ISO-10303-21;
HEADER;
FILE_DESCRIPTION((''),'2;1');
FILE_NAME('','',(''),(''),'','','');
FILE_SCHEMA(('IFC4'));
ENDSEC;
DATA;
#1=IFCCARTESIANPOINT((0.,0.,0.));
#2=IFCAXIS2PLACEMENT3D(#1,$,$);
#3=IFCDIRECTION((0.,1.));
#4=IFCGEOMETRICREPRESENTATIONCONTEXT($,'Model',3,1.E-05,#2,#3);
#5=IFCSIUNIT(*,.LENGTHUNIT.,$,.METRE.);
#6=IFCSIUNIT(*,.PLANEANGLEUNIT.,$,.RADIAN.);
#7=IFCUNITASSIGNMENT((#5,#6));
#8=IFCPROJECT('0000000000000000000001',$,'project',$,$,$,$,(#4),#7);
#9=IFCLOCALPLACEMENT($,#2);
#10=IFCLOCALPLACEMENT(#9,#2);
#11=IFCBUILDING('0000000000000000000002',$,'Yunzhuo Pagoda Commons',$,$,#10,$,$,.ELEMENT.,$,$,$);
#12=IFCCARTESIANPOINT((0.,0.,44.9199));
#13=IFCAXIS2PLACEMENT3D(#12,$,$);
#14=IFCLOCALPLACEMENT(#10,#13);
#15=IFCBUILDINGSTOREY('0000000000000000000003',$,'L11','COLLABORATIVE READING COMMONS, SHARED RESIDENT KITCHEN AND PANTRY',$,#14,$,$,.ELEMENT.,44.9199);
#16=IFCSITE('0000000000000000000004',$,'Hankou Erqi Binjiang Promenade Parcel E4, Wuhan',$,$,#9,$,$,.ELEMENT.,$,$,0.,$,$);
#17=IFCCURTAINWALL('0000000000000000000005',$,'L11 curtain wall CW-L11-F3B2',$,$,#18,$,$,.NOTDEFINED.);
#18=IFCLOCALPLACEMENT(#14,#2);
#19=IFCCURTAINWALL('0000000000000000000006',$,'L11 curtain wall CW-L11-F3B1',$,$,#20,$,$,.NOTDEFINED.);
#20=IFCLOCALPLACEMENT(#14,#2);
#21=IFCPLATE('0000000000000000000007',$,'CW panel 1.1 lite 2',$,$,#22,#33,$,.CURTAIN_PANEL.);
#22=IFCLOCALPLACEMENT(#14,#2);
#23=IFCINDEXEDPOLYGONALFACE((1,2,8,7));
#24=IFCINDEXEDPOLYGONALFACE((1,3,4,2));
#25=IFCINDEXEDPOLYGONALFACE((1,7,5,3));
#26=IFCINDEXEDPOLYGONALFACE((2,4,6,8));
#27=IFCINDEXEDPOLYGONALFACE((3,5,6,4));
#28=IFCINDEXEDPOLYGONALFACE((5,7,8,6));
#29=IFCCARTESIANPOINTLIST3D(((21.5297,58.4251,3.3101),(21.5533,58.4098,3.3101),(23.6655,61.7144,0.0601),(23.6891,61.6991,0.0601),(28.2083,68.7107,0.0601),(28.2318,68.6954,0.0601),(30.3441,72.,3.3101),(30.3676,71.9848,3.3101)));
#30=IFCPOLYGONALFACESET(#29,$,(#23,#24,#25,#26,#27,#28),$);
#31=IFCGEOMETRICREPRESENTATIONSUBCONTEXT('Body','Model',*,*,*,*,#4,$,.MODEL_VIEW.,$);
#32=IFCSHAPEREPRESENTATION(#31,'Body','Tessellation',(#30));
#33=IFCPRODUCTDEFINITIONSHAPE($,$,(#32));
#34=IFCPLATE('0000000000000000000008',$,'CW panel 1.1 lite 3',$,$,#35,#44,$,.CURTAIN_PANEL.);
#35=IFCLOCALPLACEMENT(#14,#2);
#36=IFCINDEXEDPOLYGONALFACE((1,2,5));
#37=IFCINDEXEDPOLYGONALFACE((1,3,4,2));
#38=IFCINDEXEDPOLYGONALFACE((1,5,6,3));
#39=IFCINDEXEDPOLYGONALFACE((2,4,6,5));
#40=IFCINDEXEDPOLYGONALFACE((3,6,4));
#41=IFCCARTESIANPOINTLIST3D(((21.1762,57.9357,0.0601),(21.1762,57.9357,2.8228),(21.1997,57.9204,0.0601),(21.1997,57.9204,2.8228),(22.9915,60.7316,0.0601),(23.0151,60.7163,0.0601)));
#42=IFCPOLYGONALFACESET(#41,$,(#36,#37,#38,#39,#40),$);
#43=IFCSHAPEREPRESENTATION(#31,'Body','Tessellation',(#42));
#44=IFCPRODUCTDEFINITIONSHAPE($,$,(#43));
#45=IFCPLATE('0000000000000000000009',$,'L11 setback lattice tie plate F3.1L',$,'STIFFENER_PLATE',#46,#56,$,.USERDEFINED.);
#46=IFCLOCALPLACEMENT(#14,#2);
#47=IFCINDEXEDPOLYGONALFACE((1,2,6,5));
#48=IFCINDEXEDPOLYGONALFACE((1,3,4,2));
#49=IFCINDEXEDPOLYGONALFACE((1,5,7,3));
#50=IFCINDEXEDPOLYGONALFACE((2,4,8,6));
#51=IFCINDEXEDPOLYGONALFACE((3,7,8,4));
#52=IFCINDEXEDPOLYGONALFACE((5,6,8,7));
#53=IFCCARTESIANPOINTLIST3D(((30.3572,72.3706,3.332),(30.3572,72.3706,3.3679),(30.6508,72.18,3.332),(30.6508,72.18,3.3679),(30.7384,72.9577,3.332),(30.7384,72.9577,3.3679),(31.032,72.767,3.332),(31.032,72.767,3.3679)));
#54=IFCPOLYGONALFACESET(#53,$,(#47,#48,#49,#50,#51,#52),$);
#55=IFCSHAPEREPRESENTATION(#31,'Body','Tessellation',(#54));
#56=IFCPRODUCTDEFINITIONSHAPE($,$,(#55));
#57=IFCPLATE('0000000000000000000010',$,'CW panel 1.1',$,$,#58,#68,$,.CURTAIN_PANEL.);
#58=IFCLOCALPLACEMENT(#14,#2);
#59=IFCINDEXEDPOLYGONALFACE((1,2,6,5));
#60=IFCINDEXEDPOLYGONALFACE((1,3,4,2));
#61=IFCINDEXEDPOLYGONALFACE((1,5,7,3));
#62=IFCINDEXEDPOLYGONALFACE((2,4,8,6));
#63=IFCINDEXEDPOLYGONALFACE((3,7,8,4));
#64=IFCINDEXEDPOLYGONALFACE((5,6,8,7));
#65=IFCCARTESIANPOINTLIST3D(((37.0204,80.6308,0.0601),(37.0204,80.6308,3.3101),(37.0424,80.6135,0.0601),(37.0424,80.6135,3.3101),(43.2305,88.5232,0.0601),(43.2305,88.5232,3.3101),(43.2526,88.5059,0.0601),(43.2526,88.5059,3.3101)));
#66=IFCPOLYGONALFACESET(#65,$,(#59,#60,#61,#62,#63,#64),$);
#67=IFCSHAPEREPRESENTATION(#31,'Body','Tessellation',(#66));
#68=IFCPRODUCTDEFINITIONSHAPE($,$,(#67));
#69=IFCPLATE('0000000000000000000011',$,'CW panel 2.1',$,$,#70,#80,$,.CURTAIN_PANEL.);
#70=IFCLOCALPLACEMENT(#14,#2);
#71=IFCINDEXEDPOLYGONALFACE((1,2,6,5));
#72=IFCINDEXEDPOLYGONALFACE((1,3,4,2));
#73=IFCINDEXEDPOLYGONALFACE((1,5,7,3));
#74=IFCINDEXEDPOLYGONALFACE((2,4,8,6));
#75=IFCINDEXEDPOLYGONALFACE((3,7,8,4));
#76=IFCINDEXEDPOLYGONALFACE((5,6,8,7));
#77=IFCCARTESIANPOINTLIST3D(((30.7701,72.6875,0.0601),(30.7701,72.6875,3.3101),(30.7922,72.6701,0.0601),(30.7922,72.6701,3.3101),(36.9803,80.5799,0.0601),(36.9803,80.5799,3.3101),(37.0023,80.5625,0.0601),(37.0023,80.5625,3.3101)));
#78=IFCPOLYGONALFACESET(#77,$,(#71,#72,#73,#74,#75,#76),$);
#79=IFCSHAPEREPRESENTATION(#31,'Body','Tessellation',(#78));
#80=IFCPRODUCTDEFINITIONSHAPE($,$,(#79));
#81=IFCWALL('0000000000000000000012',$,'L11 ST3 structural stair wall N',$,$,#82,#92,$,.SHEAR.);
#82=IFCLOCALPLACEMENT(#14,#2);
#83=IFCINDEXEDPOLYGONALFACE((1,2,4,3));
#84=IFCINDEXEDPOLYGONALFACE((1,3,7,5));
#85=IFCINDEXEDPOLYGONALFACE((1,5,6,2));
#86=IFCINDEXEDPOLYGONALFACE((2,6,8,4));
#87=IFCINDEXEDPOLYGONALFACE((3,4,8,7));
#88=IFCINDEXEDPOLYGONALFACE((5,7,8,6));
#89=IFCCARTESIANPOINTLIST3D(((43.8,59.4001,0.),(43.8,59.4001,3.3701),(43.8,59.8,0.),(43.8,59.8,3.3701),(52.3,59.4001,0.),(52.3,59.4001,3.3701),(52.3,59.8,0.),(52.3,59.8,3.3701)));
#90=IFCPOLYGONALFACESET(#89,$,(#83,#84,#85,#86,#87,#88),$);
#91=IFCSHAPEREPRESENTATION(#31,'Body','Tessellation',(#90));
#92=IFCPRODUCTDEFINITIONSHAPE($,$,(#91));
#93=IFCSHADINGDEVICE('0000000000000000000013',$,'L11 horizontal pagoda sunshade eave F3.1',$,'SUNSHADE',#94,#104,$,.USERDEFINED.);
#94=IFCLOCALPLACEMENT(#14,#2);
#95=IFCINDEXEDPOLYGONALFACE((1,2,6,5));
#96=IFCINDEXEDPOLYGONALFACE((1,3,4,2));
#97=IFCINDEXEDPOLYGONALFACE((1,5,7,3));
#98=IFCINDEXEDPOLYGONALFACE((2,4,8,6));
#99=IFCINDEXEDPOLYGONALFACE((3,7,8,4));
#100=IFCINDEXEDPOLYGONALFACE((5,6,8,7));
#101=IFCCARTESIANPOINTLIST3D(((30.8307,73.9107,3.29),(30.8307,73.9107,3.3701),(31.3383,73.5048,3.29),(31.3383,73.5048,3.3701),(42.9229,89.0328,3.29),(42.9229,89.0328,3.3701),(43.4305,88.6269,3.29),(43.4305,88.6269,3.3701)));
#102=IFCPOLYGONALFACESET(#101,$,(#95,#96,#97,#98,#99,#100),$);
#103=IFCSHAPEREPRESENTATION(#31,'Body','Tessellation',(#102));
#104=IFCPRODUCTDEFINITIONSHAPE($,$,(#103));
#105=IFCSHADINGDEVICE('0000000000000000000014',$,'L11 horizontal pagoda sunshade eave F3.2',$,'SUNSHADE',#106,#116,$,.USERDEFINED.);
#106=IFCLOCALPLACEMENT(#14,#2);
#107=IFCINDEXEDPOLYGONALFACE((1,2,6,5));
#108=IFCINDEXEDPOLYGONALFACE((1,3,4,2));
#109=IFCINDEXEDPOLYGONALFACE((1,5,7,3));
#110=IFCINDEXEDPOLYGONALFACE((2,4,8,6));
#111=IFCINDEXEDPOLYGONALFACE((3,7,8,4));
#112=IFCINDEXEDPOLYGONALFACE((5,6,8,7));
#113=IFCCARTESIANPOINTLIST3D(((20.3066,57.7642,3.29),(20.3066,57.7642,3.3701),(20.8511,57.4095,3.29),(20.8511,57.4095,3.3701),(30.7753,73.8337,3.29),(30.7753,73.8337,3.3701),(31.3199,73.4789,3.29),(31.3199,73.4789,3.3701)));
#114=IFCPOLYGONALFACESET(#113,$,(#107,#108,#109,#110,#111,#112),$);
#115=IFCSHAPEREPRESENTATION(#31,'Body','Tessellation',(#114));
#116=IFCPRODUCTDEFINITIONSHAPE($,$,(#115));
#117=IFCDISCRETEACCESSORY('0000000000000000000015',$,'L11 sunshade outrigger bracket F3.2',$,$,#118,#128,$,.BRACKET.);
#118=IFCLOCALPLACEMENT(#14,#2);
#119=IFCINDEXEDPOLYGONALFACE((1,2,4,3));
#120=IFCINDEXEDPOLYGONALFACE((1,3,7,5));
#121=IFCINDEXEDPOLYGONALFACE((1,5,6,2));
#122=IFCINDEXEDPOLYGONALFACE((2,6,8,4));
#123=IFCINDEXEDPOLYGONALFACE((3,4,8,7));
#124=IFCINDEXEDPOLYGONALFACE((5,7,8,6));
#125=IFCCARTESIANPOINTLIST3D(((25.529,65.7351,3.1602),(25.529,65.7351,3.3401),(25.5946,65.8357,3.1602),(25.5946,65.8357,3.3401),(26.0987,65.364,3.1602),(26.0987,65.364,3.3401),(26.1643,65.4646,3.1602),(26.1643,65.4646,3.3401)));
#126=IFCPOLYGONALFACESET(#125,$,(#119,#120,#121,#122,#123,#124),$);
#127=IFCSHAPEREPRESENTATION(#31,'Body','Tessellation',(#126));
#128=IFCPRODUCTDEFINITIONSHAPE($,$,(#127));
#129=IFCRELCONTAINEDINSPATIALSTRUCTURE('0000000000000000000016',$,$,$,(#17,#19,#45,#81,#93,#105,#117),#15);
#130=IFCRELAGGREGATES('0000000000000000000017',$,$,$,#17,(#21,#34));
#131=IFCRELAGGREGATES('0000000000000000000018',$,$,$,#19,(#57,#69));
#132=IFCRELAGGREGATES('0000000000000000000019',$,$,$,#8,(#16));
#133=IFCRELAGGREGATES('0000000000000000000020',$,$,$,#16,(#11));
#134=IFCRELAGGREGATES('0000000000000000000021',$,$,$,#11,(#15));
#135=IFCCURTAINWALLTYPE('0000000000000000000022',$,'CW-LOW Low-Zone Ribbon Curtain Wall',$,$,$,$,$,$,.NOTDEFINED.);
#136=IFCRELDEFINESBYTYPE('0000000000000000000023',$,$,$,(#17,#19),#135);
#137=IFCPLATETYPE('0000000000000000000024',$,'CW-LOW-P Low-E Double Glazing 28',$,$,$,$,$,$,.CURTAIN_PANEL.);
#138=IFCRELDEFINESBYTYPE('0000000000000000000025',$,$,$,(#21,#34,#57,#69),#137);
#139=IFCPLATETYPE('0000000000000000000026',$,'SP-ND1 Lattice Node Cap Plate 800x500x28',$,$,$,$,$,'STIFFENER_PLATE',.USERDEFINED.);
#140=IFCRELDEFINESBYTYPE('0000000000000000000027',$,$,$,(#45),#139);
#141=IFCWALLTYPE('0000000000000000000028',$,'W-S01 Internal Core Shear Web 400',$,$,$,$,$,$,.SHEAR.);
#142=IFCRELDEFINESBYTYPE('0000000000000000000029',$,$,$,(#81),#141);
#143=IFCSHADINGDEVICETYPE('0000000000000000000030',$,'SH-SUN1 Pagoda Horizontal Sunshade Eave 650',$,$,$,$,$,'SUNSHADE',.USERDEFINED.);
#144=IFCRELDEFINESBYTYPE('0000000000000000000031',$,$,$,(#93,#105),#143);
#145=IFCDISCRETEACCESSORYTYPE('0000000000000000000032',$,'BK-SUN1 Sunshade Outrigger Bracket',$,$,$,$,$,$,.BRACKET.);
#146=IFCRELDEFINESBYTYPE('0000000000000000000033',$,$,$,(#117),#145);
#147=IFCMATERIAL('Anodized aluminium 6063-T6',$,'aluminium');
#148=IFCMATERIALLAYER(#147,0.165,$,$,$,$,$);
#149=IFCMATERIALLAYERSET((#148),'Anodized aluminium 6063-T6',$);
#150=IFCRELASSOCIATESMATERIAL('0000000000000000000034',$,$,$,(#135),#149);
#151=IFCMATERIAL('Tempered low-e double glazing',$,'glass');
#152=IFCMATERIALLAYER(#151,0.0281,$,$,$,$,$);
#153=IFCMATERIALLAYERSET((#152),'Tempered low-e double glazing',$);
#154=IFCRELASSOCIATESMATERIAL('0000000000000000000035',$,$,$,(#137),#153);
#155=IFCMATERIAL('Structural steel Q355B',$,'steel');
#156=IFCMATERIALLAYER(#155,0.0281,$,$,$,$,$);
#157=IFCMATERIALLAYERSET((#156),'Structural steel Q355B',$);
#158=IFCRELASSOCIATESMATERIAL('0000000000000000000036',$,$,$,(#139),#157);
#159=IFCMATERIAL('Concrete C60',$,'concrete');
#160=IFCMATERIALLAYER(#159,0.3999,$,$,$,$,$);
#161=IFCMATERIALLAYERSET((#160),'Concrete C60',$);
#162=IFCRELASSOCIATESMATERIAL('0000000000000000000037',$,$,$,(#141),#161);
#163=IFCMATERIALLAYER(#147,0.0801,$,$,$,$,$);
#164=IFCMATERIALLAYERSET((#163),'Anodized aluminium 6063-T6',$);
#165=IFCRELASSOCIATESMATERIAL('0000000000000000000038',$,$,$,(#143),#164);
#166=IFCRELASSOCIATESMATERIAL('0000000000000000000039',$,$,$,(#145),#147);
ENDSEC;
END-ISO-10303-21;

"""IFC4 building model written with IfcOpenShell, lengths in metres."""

from ifc_helpers import new_model, si_unit, direction, frame, frame_2d, origin, origin_2d, place, context, subcontext, project, spatial, polyline, rectangle, outline, extrude, source, transform, mapped, material, layer, layer_set, type_object, element, aggregate, save


model = new_model("IFC4")

# Units and contexts
model_context = context("Model", 3, precision=1e-05, world=origin(), true_north=direction((0.0, 1.0)))
body_context = subcontext(model_context, "Body", "Model", "MODEL_VIEW")
ifc_project = project(units=[si_unit("LENGTHUNIT", "METRE"), si_unit("PLANEANGLEUNIT", "RADIAN")], contexts=[model_context])

# Site, building, storey
site_placement = place(None, origin())
site = spatial("IfcSite", under=ifc_project, at=site_placement, Name="Hankou Erqi Binjiang Promenade Parcel E4, Wuhan", CompositionType="ELEMENT", RefElevation=0.0)
building_placement = place(site_placement, origin())
building = spatial("IfcBuilding", under=site, at=building_placement, Name="Yunzhuo Pagoda Commons", CompositionType="ELEMENT")
storey_placement = place(building_placement, frame((0.0, 0.0, 44.9199)))
storey = spatial("IfcBuildingStorey", under=building, at=storey_placement, Name="L11", Description="COLLABORATIVE READING COMMONS, SHARED RESIDENT KITCHEN AND PANTRY", CompositionType="ELEMENT", Elevation=44.9199)

# Shared definitions
ifc_material_1 = material(Name="Structural steel Q355B", Category="steel")

# Curtain walls
ifc_material_2 = material(Name="Anodized aluminium 6063-T6", Category="aluminium")
ifc_layer_1 = layer(ifc_material_2, 0.165)
ifc_layer_set_1 = layer_set([ifc_layer_1], Name="Anodized aluminium 6063-T6")
curtain_wall_type = type_object("IfcCurtainWallType", Name="CW-LOW Low-Zone Ribbon Curtain Wall", PredefinedType="NOTDEFINED", material=ifc_layer_set_1)
curtain_wall_1_placement = place(storey_placement, origin())
curtain_wall_1 = element("IfcCurtainWall", 1, at=curtain_wall_1_placement, inside=storey, type_object=curtain_wall_type, Name="L11 curtain wall CW-L11-F3B2", PredefinedType="NOTDEFINED")
curtain_wall_2_placement = place(storey_placement, origin())
curtain_wall_2 = element("IfcCurtainWall", 2, at=curtain_wall_2_placement, inside=storey, type_object=curtain_wall_type, Name="L11 curtain wall CW-L11-F3B1", PredefinedType="NOTDEFINED")

# Plates
ifc_material_3 = material(Name="Tempered low-e double glazing", Category="glass")
ifc_layer_2 = layer(ifc_material_3, 0.0281)
ifc_layer_set_2 = layer_set([ifc_layer_2], Name="Tempered low-e double glazing")
plate_type_1 = type_object("IfcPlateType", Name="CW-LOW-P Low-E Double Glazing 28", PredefinedType="CURTAIN_PANEL", material=ifc_layer_set_2)
plate_1_placement = place(storey_placement, frame((25.9604, 65.1973, 1.6851), z_axis=(-0.83871, 0.544579, 0.0), x_axis=(-0.544579, -0.83871, 0.0)))
plate_1 = element("IfcPlate", 3, at=plate_1_placement, type_object=plate_type_1, Name="CW panel 1.1 lite 2", PredefinedType="CURTAIN_PANEL", context=body_context, shape_type="SweptSolid", body=[
    extrude(outline(polyline([(-8.0928, 1.625), (-4.1709, -1.625), (4.1709, -1.625), (8.0928, 1.625), (-8.0928, 1.625)])), origin(), (0.0, 0.0, 1.0), 0.0281),
])
plate_2_placement = place(storey_placement, frame((22.1074, 59.3184, 1.4414), z_axis=(-0.83871, 0.544579, 0.0), x_axis=(-0.544579, -0.83871, 0.0)))
plate_2 = element("IfcPlate", 4, at=plate_2_placement, type_object=plate_type_1, Name="CW panel 1.1 lite 3", PredefinedType="CURTAIN_PANEL", context=body_context, shape_type="SweptSolid", body=[
    extrude(outline(polyline([(-1.6667, -1.3813), (1.6667, -1.3813), (1.6667, 1.3813), (-1.6667, -1.3813)])), origin(), (0.0, 0.0, 1.0), 0.0281),
])
aggregate(curtain_wall_1, [plate_1, plate_2])
ifc_layer_3 = layer(ifc_material_1, 0.0281)
ifc_layer_set_3 = layer_set([ifc_layer_3], Name="Structural steel Q355B")
plate_type_2 = type_object("IfcPlateType", Name="SP-ND1 Lattice Node Cap Plate 800x500x28", ElementType="STIFFENER_PLATE", PredefinedType="USERDEFINED", material=ifc_layer_set_3)
shared_shape_1 = source(origin(), body_context, "Body", "SweptSolid", [
    extrude(rectangle(XDim=0.7, YDim=0.3501, at=origin_2d()), origin(), (0.0, 0.0, 1.0), 0.0359),
])
plate_3_placement = place(storey_placement, frame((30.6946, 72.5688, 3.332), z_axis=(0.0, 0.0, 1.0), x_axis=(-0.54458, -0.838709, 0.0)))
element("IfcPlate", 5, at=plate_3_placement, inside=storey, type_object=plate_type_2, Name="L11 setback lattice tie plate F3.1L", ObjectType="STIFFENER_PLATE", PredefinedType="USERDEFINED", context=body_context, shape_type="MappedRepresentation", body=[
    mapped(shared_shape_1, transform((0.0, 0.0, 0.0), scale=1.0)),
])
shared_shape_2 = source(origin(), body_context, "Body", "SweptSolid", [
    extrude(rectangle(XDim=10.0427, YDim=0.0281, at=origin_2d()), origin(), (0.0, 0.0, 1.0), 3.25),
])
plate_4_placement = place(storey_placement, frame((40.1365, 84.5684, 0.0601), z_axis=(0.0, 0.0, 1.0), x_axis=(-0.618375, -0.785883, 0.0)))
plate_4 = element("IfcPlate", 6, at=plate_4_placement, type_object=plate_type_1, Name="CW panel 1.1", PredefinedType="CURTAIN_PANEL", context=body_context, shape_type="MappedRepresentation", body=[
    mapped(shared_shape_2, transform((0.0, 0.0, 0.0), scale=1.0)),
])
plate_5_placement = place(storey_placement, frame((33.8862, 76.625, 0.0601), z_axis=(0.0, 0.0, 1.0), x_axis=(-0.618375, -0.785883, 0.0)))
plate_5 = element("IfcPlate", 7, at=plate_5_placement, type_object=plate_type_1, Name="CW panel 2.1", PredefinedType="CURTAIN_PANEL", context=body_context, shape_type="MappedRepresentation", body=[
    mapped(shared_shape_2, transform((0.0, 0.0, 0.0), scale=1.0)),
])
aggregate(curtain_wall_2, [plate_4, plate_5])

# Wall
ifc_material_4 = material(Name="Concrete C60", Category="concrete")
ifc_layer_4 = layer(ifc_material_4, 0.3999)
ifc_layer_set_4 = layer_set([ifc_layer_4], Name="Concrete C60")
wall_type = type_object("IfcWallType", Name="W-S01 Internal Core Shear Web 400", PredefinedType="SHEAR", material=ifc_layer_set_4)
wall_placement = place(storey_placement, frame((43.8, 59.6001, 0.0), z_axis=(0.0, 0.0, 1.0), x_axis=(1.0, 0.0, 0.0)))
element("IfcWall", 8, at=wall_placement, inside=storey, type_object=wall_type, Name="L11 ST3 structural stair wall N", PredefinedType="SHEAR", context=body_context, shape_type="SweptSolid", body=[
    extrude(rectangle(XDim=8.5, YDim=0.3999, at=frame_2d((4.25, 0.0))), origin(), (0.0, 0.0, 1.0), 3.3701),
])

# Shading devices
ifc_layer_5 = layer(ifc_material_2, 0.0801)
ifc_layer_set_5 = layer_set([ifc_layer_5], Name="Anodized aluminium 6063-T6")
shading_device_type = type_object("IfcShadingDeviceType", Name="SH-SUN1 Pagoda Horizontal Sunshade Eave 650", ElementType="SUNSHADE", PredefinedType="USERDEFINED", material=ifc_layer_set_5)
shared_shape_3 = source(origin(), body_context, "Body", "SweptSolid", [
    extrude(rectangle(XDim=19.3623, YDim=0.6499, at=origin_2d()), origin(), (0.0, 0.0, 1.0), 0.0801),
])
shading_device_1_placement = place(storey_placement, frame((37.1306, 81.2688, 3.29), z_axis=(0.0, 0.0, 1.0), x_axis=(-0.62452, -0.781008, 0.0)))
element("IfcShadingDevice", 9, at=shading_device_1_placement, inside=storey, type_object=shading_device_type, Name="L11 horizontal pagoda sunshade eave F3.1", ObjectType="SUNSHADE", PredefinedType="USERDEFINED", context=body_context, shape_type="MappedRepresentation", body=[
    mapped(shared_shape_3, transform((0.0, 0.0, 0.0), scale=1.0)),
])
shared_shape_4 = source(origin(), body_context, "Body", "SweptSolid", [
    extrude(rectangle(XDim=19.1787, YDim=0.6499, at=origin_2d()), origin(), (0.0, 0.0, 1.0), 0.0801),
])
shading_device_2_placement = place(storey_placement, frame((25.8132, 65.6216, 3.29), z_axis=(0.0, 0.0, 1.0), x_axis=(-0.545853, -0.837881, 0.0)))
element("IfcShadingDevice", 10, at=shading_device_2_placement, inside=storey, type_object=shading_device_type, Name="L11 horizontal pagoda sunshade eave F3.2", ObjectType="SUNSHADE", PredefinedType="USERDEFINED", context=body_context, shape_type="MappedRepresentation", body=[
    mapped(shared_shape_4, transform((0.0, 0.0, 0.0), scale=1.0)),
])

# Discrete accessory
discrete_accessory_type = type_object("IfcDiscreteAccessoryType", Name="BK-SUN1 Sunshade Outrigger Bracket", PredefinedType="BRACKET", material=ifc_material_2)
shared_shape_5 = source(origin(), body_context, "Body", "SweptSolid", [
    extrude(rectangle(XDim=0.1201, YDim=0.6799, at=origin_2d()), origin(), (0.0, 0.0, 1.0), 0.1799),
])
discrete_accessory_placement = place(storey_placement, frame((25.8467, 65.5999, 3.1602), z_axis=(0.0, 0.0, 1.0), x_axis=(-0.545853, -0.837881, 0.0)))
element("IfcDiscreteAccessory", 11, at=discrete_accessory_placement, inside=storey, type_object=discrete_accessory_type, Name="L11 sunshade outrigger bracket F3.2", PredefinedType="BRACKET", context=body_context, shape_type="MappedRepresentation", body=[
    mapped(shared_shape_5, transform((0.0, 0.0, 0.0), scale=1.0)),
])

save(model, "model.ifc")
